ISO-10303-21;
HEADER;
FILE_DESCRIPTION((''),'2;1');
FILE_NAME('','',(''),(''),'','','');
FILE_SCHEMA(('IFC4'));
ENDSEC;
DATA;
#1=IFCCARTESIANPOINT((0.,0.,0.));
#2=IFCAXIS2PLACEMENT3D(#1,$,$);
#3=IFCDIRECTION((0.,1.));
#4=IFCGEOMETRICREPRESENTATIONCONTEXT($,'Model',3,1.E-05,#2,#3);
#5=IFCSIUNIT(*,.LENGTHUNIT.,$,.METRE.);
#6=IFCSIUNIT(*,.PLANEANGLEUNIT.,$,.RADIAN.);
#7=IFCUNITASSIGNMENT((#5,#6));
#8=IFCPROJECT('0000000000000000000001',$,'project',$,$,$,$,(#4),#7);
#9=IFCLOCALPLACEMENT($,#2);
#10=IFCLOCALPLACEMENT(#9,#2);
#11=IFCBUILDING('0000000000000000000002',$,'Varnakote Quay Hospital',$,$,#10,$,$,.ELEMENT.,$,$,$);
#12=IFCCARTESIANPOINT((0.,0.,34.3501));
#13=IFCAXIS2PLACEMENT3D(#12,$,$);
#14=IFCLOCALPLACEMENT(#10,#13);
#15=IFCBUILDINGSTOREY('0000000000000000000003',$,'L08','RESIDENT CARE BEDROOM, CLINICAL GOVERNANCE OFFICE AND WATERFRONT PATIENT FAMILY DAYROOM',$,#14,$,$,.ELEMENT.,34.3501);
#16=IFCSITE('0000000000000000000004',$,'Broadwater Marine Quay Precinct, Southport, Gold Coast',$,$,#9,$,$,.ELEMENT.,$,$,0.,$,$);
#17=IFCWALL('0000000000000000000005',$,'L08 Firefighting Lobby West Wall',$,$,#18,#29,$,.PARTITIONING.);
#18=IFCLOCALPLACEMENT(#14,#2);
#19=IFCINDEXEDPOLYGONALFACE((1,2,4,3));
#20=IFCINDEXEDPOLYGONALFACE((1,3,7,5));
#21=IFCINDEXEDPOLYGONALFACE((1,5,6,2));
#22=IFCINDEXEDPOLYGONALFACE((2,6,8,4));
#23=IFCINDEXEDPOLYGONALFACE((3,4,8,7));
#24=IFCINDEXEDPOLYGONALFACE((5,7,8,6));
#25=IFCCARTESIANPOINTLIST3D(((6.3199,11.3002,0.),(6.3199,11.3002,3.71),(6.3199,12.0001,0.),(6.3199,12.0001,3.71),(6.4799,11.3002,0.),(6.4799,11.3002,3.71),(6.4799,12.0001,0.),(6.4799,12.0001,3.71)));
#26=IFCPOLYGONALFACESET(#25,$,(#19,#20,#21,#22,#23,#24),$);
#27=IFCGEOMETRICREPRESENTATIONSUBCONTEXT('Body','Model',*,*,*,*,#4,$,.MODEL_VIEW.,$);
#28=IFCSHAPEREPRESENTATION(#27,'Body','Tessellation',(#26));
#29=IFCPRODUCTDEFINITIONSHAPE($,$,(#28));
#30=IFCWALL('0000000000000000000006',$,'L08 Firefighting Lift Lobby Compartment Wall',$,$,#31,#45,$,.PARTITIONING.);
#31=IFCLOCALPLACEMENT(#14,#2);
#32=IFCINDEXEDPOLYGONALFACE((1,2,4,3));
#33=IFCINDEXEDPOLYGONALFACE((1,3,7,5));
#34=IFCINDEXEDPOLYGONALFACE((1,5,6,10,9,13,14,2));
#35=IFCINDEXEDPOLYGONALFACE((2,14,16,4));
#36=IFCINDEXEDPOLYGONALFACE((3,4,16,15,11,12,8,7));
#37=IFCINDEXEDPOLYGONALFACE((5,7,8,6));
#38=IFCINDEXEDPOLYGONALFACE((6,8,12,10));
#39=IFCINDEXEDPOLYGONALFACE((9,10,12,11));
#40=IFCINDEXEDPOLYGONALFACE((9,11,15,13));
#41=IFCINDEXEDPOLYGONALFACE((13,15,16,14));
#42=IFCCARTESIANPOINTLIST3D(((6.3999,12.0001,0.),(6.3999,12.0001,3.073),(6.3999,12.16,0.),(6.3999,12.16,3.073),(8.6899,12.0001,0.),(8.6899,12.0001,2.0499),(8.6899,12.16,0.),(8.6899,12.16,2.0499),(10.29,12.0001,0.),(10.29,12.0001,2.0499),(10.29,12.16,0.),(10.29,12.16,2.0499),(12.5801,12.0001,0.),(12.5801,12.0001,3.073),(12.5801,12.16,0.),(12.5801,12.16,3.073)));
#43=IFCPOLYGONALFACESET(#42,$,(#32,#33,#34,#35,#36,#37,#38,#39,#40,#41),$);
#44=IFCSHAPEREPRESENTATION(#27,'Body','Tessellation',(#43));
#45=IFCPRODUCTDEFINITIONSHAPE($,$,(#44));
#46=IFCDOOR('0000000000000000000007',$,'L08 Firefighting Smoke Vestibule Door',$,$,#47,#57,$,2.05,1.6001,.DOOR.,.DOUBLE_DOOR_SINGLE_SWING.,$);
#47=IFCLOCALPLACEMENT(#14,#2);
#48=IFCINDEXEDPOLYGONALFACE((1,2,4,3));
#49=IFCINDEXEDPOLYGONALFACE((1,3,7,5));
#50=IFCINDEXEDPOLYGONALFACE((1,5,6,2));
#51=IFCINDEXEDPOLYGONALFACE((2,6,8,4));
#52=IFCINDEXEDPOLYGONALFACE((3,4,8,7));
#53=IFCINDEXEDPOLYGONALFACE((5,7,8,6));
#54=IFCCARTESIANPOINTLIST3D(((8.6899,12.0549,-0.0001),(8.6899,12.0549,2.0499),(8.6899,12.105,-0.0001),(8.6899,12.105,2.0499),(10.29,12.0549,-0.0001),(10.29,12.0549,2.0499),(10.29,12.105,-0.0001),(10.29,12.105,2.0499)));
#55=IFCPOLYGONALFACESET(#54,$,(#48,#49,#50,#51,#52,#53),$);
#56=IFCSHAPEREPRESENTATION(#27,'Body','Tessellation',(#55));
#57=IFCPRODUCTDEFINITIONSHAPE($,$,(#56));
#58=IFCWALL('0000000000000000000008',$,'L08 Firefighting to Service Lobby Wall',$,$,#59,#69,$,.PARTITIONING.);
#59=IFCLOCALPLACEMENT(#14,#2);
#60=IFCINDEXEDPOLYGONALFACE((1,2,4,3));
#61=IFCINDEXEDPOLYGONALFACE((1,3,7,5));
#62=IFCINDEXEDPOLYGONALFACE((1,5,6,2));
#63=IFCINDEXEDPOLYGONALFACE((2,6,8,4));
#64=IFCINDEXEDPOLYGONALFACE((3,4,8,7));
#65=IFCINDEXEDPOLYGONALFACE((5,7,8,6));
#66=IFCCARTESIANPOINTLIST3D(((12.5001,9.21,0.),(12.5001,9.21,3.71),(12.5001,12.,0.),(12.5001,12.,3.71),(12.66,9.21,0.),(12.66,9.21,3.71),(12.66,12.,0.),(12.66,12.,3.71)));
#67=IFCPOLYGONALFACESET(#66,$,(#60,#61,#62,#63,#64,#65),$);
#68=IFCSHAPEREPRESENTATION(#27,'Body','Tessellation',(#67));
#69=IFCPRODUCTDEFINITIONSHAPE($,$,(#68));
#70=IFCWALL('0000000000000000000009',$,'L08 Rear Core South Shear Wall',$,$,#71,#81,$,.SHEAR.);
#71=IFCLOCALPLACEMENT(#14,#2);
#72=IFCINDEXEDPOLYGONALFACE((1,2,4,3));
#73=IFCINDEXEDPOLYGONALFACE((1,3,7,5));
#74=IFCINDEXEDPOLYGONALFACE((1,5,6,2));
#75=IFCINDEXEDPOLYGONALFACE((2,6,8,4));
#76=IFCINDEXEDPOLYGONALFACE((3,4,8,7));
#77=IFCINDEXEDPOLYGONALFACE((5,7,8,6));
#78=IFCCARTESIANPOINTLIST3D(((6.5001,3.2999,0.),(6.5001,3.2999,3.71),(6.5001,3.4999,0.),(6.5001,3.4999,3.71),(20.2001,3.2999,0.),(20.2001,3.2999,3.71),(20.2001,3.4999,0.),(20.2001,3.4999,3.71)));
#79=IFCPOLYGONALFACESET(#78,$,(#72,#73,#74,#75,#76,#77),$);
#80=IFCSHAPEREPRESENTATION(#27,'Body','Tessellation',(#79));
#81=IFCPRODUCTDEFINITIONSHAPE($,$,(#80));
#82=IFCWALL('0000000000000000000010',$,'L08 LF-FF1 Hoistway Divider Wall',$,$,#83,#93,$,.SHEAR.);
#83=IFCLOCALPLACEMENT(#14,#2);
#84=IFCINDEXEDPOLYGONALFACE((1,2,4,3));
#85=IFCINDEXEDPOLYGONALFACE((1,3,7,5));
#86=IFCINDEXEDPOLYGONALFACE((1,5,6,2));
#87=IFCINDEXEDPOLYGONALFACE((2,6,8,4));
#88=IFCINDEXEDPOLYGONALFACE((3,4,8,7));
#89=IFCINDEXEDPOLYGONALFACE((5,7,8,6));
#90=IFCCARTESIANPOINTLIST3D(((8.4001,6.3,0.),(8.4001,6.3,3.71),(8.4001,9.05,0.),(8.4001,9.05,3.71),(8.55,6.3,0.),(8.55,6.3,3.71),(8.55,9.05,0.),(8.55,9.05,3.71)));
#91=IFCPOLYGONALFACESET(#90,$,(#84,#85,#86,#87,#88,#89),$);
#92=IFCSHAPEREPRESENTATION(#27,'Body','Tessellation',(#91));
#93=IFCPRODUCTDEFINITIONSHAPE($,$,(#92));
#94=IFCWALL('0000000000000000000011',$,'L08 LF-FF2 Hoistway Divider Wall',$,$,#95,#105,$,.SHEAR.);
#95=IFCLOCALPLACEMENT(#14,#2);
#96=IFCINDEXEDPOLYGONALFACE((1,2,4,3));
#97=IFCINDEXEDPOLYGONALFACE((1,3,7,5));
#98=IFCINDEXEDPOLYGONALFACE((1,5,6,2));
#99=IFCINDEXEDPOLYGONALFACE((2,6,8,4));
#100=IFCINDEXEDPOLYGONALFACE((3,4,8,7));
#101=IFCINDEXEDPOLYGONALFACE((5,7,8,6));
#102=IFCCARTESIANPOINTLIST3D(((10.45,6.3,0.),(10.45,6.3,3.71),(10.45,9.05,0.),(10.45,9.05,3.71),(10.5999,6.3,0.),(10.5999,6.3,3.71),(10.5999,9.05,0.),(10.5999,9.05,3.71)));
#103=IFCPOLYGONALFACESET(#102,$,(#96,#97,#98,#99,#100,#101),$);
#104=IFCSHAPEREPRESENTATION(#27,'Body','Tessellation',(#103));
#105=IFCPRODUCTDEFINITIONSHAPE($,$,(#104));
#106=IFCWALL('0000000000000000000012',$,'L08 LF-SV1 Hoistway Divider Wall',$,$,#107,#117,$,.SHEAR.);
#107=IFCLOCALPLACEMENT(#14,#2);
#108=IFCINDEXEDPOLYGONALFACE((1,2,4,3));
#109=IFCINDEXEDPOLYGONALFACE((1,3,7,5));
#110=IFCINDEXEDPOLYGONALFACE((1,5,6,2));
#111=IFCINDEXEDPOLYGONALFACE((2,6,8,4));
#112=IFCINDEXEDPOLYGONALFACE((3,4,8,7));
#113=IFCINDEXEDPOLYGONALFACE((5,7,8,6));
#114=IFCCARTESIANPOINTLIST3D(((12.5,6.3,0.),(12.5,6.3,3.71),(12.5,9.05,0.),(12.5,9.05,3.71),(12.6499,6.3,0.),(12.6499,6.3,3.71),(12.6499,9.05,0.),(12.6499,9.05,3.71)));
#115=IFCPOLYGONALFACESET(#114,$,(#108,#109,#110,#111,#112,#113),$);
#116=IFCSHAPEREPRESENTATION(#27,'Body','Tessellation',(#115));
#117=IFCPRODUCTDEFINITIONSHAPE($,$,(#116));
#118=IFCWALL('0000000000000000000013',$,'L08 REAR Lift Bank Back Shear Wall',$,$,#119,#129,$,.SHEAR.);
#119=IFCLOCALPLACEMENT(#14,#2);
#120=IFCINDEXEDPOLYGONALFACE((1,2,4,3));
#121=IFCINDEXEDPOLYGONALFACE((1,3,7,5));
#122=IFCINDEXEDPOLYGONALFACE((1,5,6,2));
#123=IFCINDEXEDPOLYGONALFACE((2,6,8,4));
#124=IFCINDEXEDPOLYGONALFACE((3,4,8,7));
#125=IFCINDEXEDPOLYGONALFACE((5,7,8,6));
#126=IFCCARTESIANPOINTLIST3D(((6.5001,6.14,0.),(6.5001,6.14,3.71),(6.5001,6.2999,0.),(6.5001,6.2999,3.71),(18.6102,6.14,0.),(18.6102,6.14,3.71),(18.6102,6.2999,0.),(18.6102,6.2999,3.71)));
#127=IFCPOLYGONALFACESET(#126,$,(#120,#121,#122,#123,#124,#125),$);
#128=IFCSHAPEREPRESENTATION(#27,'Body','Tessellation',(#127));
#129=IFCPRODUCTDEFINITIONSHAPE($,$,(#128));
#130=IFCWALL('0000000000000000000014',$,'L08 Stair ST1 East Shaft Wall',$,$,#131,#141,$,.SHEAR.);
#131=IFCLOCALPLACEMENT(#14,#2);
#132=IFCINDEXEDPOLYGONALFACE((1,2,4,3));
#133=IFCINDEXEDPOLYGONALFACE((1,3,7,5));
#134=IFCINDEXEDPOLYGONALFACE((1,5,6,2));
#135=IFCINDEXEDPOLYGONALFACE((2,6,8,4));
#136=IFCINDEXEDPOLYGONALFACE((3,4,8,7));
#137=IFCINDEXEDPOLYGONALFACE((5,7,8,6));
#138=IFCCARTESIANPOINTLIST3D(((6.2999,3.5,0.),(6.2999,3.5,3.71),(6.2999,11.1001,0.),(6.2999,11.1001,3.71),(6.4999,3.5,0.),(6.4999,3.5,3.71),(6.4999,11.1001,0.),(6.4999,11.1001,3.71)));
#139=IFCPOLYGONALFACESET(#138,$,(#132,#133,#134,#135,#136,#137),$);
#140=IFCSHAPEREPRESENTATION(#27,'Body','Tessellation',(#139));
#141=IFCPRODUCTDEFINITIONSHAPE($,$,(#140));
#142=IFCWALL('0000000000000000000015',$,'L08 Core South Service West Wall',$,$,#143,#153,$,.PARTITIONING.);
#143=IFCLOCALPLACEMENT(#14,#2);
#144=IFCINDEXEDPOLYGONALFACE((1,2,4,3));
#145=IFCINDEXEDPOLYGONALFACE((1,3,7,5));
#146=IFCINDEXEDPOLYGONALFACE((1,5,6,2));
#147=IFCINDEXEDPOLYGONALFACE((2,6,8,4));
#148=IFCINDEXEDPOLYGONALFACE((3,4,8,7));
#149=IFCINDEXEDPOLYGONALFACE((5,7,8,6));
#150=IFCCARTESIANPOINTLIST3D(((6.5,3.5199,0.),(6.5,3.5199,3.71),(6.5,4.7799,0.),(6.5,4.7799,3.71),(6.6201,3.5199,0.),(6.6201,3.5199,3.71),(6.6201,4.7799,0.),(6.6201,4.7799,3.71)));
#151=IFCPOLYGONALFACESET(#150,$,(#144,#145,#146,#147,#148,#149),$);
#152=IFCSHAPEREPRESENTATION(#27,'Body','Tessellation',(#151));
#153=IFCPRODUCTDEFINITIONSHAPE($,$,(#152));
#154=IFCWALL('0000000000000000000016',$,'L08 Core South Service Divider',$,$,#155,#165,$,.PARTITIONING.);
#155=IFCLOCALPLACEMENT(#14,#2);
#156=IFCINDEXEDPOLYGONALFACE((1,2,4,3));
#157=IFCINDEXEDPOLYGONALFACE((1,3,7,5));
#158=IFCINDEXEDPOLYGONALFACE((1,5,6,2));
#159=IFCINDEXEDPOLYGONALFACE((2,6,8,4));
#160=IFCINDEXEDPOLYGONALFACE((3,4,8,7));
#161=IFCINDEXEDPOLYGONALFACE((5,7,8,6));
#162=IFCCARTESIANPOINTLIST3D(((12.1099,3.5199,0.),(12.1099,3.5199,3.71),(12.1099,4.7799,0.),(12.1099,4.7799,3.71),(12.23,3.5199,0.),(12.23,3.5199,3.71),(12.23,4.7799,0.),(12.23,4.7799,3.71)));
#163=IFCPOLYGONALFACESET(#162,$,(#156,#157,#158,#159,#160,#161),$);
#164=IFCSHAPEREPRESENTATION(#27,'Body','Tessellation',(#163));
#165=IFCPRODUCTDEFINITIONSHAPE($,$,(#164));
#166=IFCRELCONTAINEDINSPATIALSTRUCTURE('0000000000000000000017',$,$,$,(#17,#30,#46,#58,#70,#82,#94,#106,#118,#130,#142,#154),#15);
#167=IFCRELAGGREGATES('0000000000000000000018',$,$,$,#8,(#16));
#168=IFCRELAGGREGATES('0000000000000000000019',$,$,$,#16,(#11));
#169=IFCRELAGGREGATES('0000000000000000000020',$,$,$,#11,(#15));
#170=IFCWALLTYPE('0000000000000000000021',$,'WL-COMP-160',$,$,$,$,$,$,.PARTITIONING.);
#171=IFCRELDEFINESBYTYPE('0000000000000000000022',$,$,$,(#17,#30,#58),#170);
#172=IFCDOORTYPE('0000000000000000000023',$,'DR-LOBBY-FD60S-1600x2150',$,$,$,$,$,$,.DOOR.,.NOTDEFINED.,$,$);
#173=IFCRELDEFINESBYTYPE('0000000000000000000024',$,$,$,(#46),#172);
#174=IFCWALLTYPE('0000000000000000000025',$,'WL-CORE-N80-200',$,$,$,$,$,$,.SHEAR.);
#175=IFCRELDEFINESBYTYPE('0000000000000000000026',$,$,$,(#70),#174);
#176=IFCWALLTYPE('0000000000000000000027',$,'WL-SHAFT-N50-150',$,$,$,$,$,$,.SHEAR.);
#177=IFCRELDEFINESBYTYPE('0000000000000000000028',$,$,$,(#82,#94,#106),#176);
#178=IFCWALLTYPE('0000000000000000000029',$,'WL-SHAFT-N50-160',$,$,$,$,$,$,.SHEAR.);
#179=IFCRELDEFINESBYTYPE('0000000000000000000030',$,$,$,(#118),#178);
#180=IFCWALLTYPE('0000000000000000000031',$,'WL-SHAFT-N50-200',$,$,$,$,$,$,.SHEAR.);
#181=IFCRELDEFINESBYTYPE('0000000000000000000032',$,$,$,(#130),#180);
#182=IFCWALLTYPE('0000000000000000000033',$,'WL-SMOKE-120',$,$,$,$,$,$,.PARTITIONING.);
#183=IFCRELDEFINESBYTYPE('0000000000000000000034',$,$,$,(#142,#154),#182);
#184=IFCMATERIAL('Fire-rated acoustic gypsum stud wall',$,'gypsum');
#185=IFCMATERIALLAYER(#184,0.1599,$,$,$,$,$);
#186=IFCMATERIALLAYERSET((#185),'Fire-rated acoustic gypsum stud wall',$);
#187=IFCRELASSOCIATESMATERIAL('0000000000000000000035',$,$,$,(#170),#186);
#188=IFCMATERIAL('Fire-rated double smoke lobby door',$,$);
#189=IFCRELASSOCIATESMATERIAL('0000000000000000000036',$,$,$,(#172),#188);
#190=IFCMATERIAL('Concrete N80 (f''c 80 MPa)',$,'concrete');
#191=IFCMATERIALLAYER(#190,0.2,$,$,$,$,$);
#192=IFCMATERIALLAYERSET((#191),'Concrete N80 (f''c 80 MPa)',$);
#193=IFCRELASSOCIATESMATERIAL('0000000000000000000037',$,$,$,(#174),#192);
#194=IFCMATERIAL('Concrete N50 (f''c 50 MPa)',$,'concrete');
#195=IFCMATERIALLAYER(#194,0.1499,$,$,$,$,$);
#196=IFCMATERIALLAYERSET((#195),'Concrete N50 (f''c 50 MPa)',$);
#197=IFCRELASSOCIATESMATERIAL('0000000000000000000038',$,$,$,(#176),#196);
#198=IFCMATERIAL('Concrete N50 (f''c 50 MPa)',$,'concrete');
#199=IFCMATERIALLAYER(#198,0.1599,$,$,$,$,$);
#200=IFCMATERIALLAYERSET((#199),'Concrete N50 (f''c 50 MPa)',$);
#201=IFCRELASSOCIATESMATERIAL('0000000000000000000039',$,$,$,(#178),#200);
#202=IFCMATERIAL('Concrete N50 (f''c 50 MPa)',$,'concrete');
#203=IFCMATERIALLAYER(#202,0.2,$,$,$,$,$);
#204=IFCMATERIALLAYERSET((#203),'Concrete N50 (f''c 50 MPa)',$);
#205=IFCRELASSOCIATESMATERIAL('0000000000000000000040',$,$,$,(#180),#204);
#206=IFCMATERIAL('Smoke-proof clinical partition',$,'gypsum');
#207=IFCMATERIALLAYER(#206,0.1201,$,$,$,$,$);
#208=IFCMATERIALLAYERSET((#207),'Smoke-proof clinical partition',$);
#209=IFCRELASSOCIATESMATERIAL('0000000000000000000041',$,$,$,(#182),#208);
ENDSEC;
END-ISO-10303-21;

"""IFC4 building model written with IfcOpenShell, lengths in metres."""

from ifc_helpers import new_model, si_unit, direction, frame, frame_2d, origin, place, context, subcontext, project, spatial, rectangle, extrude, material, layer, layer_set, type_object, element, fill, save


model = new_model("IFC4")

# Units and contexts
model_context = context("Model", 3, precision=1e-05, world=origin(), true_north=direction((0.0, 1.0)))
body_context = subcontext(model_context, "Body", "Model", "MODEL_VIEW")
ifc_project = project(units=[si_unit("LENGTHUNIT", "METRE"), si_unit("PLANEANGLEUNIT", "RADIAN")], contexts=[model_context])

# Site, building, storey
site_placement = place(None, origin())
site = spatial("IfcSite", under=ifc_project, at=site_placement, Name="Broadwater Marine Quay Precinct, Southport, Gold Coast", CompositionType="ELEMENT", RefElevation=0.0)
building_placement = place(site_placement, origin())
building = spatial("IfcBuilding", under=site, at=building_placement, Name="Varnakote Quay Hospital", CompositionType="ELEMENT")
storey_placement = place(building_placement, frame((0.0, 0.0, 34.3501)))
storey = spatial("IfcBuildingStorey", under=building, at=storey_placement, Name="L08", Description="RESIDENT CARE BEDROOM, CLINICAL GOVERNANCE OFFICE AND WATERFRONT PATIENT FAMILY DAYROOM", CompositionType="ELEMENT", Elevation=34.3501)

# Wall
ifc_material_1 = material(Name="Fire-rated acoustic gypsum stud wall", Category="gypsum")
ifc_layer_1 = layer(ifc_material_1, 0.1599)
ifc_layer_set_1 = layer_set([ifc_layer_1], Name="Fire-rated acoustic gypsum stud wall")
wall_type_1 = type_object("IfcWallType", Name="WL-COMP-160", PredefinedType="PARTITIONING", material=ifc_layer_set_1)
wall_1_placement = place(storey_placement, frame((6.3999, 11.3, 0.0), z_axis=(0.0, 0.0, 1.0), x_axis=(0.0, 1.0, 0.0)))
element("IfcWall", 1, at=wall_1_placement, inside=storey, type_object=wall_type_1, Name="L08 Firefighting Lobby West Wall", PredefinedType="PARTITIONING", context=body_context, shape_type="SweptSolid", body=[
    extrude(rectangle(XDim=0.7, YDim=0.1599, at=frame_2d((0.3501, 0.0))), origin(), (0.0, 0.0, 1.0), 3.71),
])

# Wall, opening, door
wall_2_placement = place(storey_placement, frame((6.3999, 12.0801, 0.0), z_axis=(0.0, 0.0, 1.0), x_axis=(1.0, 0.0, 0.0)))
wall_2 = element("IfcWall", 2, at=wall_2_placement, inside=storey, type_object=wall_type_1, Name="L08 Firefighting Lift Lobby Compartment Wall", PredefinedType="PARTITIONING", context=body_context, shape_type="SweptSolid", body=[
    extrude(rectangle(XDim=6.1802, YDim=0.1599, at=frame_2d((3.0901, 0.0))), origin(), (0.0, 0.0, 1.0), 3.073),
])
opening_1_placement = place(wall_2_placement, frame((2.29, 0.0, 0.0)))
opening_1 = element("IfcOpeningElement", 3, at=opening_1_placement, cuts=wall_2, PredefinedType="OPENING", context=body_context, shape_type="SweptSolid", body=[
    extrude(rectangle(XDim=1.6001, YDim=2.05, at=frame_2d((0.8, 1.0249))), frame((0.0, 0.0898, 0.0), z_axis=(0.0, -1.0, 0.0), x_axis=(1.0, 0.0, 0.0)), (0.0, 0.0, 1.0), 0.1799),
])
ifc_material_2 = material(Name="Fire-rated double smoke lobby door")
door_type_1 = type_object("IfcDoorType", Name="DR-LOBBY-FD60S-1600x2150", OperationType="NOTDEFINED", PredefinedType="DOOR", material=ifc_material_2)
door_1_placement = place(opening_1_placement, origin())
door_1 = element("IfcDoor", 4, at=door_1_placement, inside=storey, type_object=door_type_1, Name="L08 Firefighting Smoke Vestibule Door", OperationType="DOUBLE_DOOR_SINGLE_SWING", OverallHeight=2.05, OverallWidth=1.6001, PredefinedType="DOOR", context=body_context, shape_type="SweptSolid", body=[
    extrude(rectangle(XDim=1.6001, YDim=2.05, at=frame_2d((0.8, 1.0249))), frame((0.0, 0.0249, 0.0), z_axis=(0.0, -1.0, 0.0), x_axis=(1.0, 0.0, 0.0)), (0.0, 0.0, 1.0), 0.05),
])
fill(opening_1, door_1)

# Walls
wall_3_placement = place(storey_placement, frame((12.5801, 9.21, 0.0), z_axis=(0.0, 0.0, 1.0), x_axis=(0.0, 1.0, 0.0)))
element("IfcWall", 5, at=wall_3_placement, inside=storey, type_object=wall_type_1, Name="L08 Firefighting to Service Lobby Wall", PredefinedType="PARTITIONING", context=body_context, shape_type="SweptSolid", body=[
    extrude(rectangle(XDim=2.79, YDim=0.1599, at=frame_2d((1.395, 0.0))), origin(), (0.0, 0.0, 1.0), 3.71),
])
ifc_material_3 = material(Name="Concrete N80 (f'c 80 MPa)", Category="concrete")
ifc_layer_2 = layer(ifc_material_3, 0.2)
ifc_layer_set_2 = layer_set([ifc_layer_2], Name="Concrete N80 (f'c 80 MPa)")
wall_type_2 = type_object("IfcWallType", Name="WL-CORE-N80-200", PredefinedType="SHEAR", material=ifc_layer_set_2)
wall_4_placement = place(storey_placement, frame((6.5, 3.3999, 0.0), z_axis=(0.0, 0.0, 1.0), x_axis=(1.0, 0.0, 0.0)))
element("IfcWall", 6, at=wall_4_placement, inside=storey, type_object=wall_type_2, Name="L08 Rear Core South Shear Wall", PredefinedType="SHEAR", context=body_context, shape_type="SweptSolid", body=[
    extrude(rectangle(XDim=13.7, YDim=0.2, at=frame_2d((6.8501, 0.0))), origin(), (0.0, 0.0, 1.0), 3.71),
])
ifc_material_4 = material(Name="Concrete N50 (f'c 50 MPa)", Category="concrete")
ifc_layer_3 = layer(ifc_material_4, 0.1499)
ifc_layer_set_3 = layer_set([ifc_layer_3], Name="Concrete N50 (f'c 50 MPa)")
wall_type_3 = type_object("IfcWallType", Name="WL-SHAFT-N50-150", PredefinedType="SHEAR", material=ifc_layer_set_3)
for number, where, z_axis, x_axis, name in (
    (7, (8.4751, 6.3, 0.0), (0.0, 0.0, 1.0), (0.0, 1.0, 0.0), "L08 LF-FF1 Hoistway Divider Wall"),
    (8, (10.5249, 6.3, 0.0), (0.0, 0.0, 1.0), (0.0, 1.0, 0.0), "L08 LF-FF2 Hoistway Divider Wall"),
    (9, (12.575, 6.3, 0.0), (0.0, 0.0, 1.0), (0.0, 1.0, 0.0), "L08 LF-SV1 Hoistway Divider Wall"),
):
    element("IfcWall", number, at=place(storey_placement, frame(where, z_axis=z_axis, x_axis=x_axis)), inside=storey, type_object=wall_type_3, Name=name, PredefinedType="SHEAR", context=body_context, shape_type="SweptSolid", body=[
        extrude(rectangle(XDim=2.75, YDim=0.1499, at=frame_2d((1.375, 0.0))), origin(), (0.0, 0.0, 1.0), 3.71),
    ])
ifc_material_5 = material(Name="Concrete N50 (f'c 50 MPa)", Category="concrete")
ifc_layer_4 = layer(ifc_material_5, 0.1599)
ifc_layer_set_4 = layer_set([ifc_layer_4], Name="Concrete N50 (f'c 50 MPa)")
wall_type_4 = type_object("IfcWallType", Name="WL-SHAFT-N50-160", PredefinedType="SHEAR", material=ifc_layer_set_4)
wall_5_placement = place(storey_placement, frame((6.5, 6.22, 0.0), z_axis=(0.0, 0.0, 1.0), x_axis=(1.0, 0.0, 0.0)))
element("IfcWall", 10, at=wall_5_placement, inside=storey, type_object=wall_type_4, Name="L08 REAR Lift Bank Back Shear Wall", PredefinedType="SHEAR", context=body_context, shape_type="SweptSolid", body=[
    extrude(rectangle(XDim=12.1101, YDim=0.1599, at=frame_2d((6.0552, 0.0))), origin(), (0.0, 0.0, 1.0), 3.71),
])

# Walls
ifc_material_6 = material(Name="Concrete N50 (f'c 50 MPa)", Category="concrete")
ifc_layer_5 = layer(ifc_material_6, 0.2)
ifc_layer_set_5 = layer_set([ifc_layer_5], Name="Concrete N50 (f'c 50 MPa)")
wall_type_5 = type_object("IfcWallType", Name="WL-SHAFT-N50-200", PredefinedType="SHEAR", material=ifc_layer_set_5)
wall_6_placement = place(storey_placement, frame((6.3999, 3.5, 0.0), z_axis=(0.0, 0.0, 1.0), x_axis=(0.0, 1.0, 0.0)))
element("IfcWall", 11, at=wall_6_placement, inside=storey, type_object=wall_type_5, Name="L08 Stair ST1 East Shaft Wall", PredefinedType="SHEAR", context=body_context, shape_type="SweptSolid", body=[
    extrude(rectangle(XDim=7.6001, YDim=0.2, at=frame_2d((3.8, 0.0))), origin(), (0.0, 0.0, 1.0), 3.71),
])
ifc_material_7 = material(Name="Smoke-proof clinical partition", Category="gypsum")
ifc_layer_6 = layer(ifc_material_7, 0.1201)
ifc_layer_set_6 = layer_set([ifc_layer_6], Name="Smoke-proof clinical partition")
wall_type_6 = type_object("IfcWallType", Name="WL-SMOKE-120", PredefinedType="PARTITIONING", material=ifc_layer_set_6)
for number, where, z_axis, x_axis, name in (
    (12, (6.5601, 3.52, 0.0), (0.0, 0.0, 1.0), (0.0, 1.0, 0.0), "L08 Core South Service West Wall"),
    (13, (12.1699, 3.52, 0.0), (0.0, 0.0, 1.0), (0.0, 1.0, 0.0), "L08 Core South Service Divider"),
):
    element("IfcWall", number, at=place(storey_placement, frame(where, z_axis=z_axis, x_axis=x_axis)), inside=storey, type_object=wall_type_6, Name=name, PredefinedType="PARTITIONING", context=body_context, shape_type="SweptSolid", body=[
        extrude(rectangle(XDim=1.26, YDim=0.1201, at=frame_2d((0.6299, 0.0))), origin(), (0.0, 0.0, 1.0), 3.71),
    ])

save(model, "model.ifc")
